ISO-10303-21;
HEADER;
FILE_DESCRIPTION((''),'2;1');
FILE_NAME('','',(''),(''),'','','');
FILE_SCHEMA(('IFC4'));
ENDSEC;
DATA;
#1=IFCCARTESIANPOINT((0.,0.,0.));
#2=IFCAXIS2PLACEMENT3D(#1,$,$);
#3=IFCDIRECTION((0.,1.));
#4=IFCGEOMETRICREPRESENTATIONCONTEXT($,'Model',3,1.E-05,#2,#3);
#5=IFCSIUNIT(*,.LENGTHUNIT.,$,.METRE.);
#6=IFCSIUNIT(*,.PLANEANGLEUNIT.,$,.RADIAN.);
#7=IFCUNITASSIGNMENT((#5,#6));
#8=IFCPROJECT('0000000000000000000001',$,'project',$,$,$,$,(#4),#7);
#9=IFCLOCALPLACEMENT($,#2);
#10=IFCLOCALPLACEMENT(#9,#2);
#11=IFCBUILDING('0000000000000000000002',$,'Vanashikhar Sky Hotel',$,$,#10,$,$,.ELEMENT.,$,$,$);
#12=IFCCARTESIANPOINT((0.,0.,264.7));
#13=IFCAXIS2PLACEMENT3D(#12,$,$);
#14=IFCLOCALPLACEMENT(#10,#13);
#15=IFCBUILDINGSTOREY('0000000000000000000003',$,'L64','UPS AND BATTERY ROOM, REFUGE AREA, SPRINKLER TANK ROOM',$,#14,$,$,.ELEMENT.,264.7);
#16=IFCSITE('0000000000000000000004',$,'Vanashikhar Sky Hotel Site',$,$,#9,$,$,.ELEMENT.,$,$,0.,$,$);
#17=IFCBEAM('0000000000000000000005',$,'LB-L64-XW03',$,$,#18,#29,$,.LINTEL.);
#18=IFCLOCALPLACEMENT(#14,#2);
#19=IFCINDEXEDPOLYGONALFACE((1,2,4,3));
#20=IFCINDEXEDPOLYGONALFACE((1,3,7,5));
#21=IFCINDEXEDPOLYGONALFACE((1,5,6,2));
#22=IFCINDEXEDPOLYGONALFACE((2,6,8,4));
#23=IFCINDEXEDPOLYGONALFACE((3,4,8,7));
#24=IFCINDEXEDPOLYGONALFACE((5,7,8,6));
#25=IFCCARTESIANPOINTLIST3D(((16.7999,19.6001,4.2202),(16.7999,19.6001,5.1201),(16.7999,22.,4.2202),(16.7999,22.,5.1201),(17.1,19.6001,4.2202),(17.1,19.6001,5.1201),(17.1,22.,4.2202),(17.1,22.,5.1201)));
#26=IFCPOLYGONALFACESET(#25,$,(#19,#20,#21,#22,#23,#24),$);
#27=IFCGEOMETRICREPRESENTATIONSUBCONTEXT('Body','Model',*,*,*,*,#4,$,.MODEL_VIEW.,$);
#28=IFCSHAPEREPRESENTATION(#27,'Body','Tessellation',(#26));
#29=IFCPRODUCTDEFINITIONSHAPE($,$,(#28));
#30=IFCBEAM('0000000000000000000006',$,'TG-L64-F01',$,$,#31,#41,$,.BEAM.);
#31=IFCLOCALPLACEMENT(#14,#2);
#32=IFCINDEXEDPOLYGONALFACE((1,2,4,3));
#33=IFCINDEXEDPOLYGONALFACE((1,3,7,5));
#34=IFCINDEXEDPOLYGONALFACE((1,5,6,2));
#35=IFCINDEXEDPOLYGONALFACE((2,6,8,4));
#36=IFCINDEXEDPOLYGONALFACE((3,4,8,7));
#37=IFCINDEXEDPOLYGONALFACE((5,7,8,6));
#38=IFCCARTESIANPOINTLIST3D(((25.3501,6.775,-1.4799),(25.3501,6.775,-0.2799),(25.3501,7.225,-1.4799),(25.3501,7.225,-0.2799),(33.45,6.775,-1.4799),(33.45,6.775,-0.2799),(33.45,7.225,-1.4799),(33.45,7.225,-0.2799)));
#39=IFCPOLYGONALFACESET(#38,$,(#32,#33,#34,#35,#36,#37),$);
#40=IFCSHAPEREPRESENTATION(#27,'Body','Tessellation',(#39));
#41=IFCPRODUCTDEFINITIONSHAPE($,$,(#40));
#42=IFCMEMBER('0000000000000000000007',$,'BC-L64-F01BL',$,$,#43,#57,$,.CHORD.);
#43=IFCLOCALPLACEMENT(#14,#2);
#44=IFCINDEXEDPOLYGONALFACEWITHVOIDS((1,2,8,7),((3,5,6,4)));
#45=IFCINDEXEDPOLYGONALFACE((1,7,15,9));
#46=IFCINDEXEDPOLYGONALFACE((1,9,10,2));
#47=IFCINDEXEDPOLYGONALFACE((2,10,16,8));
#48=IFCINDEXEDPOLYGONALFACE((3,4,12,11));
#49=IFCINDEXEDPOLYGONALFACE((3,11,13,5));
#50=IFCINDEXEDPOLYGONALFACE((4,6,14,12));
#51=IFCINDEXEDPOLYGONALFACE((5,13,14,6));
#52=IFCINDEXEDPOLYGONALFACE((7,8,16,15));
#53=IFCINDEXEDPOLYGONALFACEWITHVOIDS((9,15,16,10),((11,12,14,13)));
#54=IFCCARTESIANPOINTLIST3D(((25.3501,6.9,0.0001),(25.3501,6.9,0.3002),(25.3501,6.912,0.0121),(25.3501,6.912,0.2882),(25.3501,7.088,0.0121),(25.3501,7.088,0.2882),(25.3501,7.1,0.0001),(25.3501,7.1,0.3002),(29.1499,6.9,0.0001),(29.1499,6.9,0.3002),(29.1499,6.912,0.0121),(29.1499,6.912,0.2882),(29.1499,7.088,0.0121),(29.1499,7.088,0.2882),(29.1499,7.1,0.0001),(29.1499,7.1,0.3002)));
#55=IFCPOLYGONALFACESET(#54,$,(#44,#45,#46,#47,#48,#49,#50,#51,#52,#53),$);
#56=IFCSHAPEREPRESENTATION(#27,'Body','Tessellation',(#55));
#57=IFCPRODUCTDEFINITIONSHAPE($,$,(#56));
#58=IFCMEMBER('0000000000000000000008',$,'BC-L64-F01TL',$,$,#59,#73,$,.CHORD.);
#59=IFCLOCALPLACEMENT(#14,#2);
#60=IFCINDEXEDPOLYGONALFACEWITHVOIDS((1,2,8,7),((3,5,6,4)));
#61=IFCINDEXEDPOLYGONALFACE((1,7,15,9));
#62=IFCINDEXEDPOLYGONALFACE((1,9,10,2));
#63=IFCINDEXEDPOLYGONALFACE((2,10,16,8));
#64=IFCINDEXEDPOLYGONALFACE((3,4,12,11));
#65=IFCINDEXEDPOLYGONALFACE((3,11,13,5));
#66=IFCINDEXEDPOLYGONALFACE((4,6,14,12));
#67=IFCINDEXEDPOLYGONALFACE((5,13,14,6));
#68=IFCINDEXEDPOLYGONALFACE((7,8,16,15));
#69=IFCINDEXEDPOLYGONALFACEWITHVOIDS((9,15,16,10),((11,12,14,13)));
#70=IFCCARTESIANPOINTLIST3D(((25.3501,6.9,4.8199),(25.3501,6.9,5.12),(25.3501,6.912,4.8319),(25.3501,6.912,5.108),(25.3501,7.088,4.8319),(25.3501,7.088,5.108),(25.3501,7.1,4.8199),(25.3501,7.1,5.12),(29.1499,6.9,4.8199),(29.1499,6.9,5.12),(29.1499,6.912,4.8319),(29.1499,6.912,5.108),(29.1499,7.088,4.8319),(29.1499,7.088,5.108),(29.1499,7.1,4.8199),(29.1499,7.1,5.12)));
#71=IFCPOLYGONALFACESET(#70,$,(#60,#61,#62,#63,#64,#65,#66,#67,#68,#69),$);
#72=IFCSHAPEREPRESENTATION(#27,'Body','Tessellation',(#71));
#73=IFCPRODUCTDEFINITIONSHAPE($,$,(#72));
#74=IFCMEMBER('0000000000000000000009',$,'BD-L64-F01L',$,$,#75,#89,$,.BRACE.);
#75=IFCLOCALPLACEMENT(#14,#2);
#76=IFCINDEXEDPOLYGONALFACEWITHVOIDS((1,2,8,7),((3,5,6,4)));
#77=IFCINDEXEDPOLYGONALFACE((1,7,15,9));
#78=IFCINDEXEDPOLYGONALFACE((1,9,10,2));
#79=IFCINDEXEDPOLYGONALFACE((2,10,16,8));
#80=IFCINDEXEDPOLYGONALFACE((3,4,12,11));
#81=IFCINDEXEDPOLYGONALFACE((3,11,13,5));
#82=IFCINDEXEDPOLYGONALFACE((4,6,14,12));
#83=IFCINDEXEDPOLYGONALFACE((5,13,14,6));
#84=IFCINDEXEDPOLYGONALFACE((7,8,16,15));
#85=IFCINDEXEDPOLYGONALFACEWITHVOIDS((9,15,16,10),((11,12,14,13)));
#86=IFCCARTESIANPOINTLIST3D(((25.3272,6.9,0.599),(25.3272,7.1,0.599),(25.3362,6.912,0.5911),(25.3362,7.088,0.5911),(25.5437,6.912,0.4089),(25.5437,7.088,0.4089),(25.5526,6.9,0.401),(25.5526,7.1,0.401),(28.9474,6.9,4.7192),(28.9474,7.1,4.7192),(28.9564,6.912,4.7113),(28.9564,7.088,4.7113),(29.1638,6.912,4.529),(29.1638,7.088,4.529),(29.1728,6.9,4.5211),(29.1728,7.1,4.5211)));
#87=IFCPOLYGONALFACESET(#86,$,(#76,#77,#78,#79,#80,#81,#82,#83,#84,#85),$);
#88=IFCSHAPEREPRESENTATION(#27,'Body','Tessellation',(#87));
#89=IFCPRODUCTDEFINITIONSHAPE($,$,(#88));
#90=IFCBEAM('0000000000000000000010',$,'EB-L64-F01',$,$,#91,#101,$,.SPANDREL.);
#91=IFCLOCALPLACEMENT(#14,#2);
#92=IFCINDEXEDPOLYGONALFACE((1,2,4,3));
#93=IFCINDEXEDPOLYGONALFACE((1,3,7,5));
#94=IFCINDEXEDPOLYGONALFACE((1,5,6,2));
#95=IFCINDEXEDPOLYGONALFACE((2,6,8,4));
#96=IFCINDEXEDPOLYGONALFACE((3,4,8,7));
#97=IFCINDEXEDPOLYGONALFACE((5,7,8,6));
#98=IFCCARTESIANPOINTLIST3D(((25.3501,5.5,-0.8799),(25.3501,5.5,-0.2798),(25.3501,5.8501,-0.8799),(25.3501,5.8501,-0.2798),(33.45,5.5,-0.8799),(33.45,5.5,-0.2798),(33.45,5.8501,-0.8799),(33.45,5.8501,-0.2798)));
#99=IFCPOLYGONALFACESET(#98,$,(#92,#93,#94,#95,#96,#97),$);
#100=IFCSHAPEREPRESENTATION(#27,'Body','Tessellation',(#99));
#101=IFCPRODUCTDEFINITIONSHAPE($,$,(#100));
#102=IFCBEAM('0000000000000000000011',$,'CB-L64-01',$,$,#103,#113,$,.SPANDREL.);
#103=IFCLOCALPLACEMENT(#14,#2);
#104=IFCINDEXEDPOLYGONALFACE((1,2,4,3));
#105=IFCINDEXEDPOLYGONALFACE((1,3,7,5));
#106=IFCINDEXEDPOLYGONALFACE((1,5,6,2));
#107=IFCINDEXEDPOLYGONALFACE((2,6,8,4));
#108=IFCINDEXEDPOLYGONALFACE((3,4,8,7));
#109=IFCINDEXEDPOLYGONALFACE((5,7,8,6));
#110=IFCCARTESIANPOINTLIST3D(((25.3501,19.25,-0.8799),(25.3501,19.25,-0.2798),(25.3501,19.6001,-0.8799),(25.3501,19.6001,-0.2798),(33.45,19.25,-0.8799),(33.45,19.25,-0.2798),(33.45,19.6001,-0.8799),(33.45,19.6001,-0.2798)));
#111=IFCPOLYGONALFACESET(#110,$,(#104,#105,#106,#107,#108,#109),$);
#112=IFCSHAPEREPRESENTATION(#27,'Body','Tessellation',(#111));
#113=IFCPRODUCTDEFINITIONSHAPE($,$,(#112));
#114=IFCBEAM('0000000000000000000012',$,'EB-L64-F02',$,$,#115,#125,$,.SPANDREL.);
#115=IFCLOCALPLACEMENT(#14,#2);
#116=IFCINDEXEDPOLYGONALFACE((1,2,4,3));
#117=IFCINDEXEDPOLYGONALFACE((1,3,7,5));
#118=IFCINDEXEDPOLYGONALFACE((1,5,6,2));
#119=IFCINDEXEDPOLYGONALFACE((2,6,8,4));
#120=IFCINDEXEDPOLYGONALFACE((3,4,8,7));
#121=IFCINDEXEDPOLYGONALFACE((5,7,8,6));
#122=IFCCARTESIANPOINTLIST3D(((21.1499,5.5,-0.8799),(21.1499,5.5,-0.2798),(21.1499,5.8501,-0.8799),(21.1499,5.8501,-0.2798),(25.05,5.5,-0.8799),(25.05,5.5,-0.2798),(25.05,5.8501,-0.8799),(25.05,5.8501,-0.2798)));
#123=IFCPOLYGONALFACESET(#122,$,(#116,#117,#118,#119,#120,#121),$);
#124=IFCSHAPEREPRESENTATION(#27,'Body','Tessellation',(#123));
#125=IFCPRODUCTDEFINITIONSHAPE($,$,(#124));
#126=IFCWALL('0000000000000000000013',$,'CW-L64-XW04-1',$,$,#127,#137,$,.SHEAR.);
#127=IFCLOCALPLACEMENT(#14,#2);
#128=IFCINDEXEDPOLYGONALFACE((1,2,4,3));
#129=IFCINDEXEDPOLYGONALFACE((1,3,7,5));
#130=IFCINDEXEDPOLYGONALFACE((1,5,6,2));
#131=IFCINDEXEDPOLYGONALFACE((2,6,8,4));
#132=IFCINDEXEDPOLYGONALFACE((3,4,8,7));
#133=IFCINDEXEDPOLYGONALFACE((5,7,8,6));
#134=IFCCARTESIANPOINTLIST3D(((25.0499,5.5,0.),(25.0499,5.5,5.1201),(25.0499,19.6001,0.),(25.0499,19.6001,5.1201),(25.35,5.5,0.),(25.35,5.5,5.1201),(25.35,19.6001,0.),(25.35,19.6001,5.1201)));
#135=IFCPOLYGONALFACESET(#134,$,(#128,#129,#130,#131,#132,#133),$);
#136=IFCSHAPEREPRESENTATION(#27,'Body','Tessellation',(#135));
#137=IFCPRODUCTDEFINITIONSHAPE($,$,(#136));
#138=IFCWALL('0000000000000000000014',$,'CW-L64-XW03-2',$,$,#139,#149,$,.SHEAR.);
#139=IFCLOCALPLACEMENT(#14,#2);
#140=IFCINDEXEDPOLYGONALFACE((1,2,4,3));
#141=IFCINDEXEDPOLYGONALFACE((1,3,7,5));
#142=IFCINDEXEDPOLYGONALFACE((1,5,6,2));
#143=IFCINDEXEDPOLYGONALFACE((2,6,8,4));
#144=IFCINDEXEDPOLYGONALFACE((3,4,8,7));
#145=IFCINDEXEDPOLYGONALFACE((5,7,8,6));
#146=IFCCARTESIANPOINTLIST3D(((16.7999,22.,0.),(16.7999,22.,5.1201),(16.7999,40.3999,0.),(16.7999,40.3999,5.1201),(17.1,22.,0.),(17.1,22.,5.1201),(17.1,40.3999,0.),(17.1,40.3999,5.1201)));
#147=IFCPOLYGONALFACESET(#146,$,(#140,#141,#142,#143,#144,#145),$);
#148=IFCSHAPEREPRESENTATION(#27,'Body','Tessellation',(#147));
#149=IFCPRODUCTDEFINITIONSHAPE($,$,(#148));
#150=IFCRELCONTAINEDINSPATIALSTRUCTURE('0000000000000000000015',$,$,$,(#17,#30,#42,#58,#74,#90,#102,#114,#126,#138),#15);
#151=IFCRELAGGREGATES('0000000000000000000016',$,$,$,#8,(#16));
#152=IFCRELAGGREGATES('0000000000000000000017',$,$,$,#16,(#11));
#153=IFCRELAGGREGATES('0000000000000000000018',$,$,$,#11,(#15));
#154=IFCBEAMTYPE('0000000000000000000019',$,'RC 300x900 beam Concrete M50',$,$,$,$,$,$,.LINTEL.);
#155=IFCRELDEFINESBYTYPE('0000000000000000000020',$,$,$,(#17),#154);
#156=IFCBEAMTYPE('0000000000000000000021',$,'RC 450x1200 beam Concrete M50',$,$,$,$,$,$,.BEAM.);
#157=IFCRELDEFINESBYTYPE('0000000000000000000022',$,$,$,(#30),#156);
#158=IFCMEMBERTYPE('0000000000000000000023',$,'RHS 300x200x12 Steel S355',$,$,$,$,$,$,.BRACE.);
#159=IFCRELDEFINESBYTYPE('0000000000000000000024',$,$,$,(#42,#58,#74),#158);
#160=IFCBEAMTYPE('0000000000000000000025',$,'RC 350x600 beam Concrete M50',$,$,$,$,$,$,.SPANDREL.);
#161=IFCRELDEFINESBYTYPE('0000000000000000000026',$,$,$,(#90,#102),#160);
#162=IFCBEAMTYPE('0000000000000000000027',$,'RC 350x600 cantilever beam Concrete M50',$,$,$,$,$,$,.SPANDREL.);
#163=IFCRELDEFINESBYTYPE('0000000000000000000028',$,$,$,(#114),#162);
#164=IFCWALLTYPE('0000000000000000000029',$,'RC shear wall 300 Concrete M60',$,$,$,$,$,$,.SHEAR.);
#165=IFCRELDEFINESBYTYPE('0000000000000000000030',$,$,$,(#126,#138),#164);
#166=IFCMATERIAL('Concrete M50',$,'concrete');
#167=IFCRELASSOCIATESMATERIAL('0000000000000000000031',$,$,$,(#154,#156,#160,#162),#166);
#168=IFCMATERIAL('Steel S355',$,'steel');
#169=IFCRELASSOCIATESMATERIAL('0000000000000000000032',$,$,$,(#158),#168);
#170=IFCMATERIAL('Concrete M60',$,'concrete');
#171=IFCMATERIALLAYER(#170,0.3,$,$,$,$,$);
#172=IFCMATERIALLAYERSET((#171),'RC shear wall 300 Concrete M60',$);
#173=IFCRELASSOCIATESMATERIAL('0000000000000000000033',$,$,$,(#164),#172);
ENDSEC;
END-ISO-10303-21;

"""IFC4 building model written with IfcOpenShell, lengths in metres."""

from ifc_helpers import new_model, si_unit, direction, frame, frame_2d, origin, origin_2d, place, context, subcontext, project, spatial, rectangle, hollow_rectangle, extrude, source, transform, mapped, material, layer, layer_set, material_profile, profile_set, type_object, element, save


model = new_model("IFC4")

# Units and contexts
model_context = context("Model", 3, precision=1e-05, world=origin(), true_north=direction((0.0, 1.0)))
body_context = subcontext(model_context, "Body", "Model", "MODEL_VIEW")
ifc_project = project(units=[si_unit("LENGTHUNIT", "METRE"), si_unit("PLANEANGLEUNIT", "RADIAN")], contexts=[model_context])

# Site, building, storey
site_placement = place(None, origin())
site = spatial("IfcSite", under=ifc_project, at=site_placement, Name="Vanashikhar Sky Hotel Site", CompositionType="ELEMENT", RefElevation=0.0)
building_placement = place(site_placement, origin())
building = spatial("IfcBuilding", under=site, at=building_placement, Name="Vanashikhar Sky Hotel", CompositionType="ELEMENT")
storey_placement = place(building_placement, frame((0.0, 0.0, 264.7)))
storey = spatial("IfcBuildingStorey", under=building, at=storey_placement, Name="L64", Description="UPS AND BATTERY ROOM, REFUGE AREA, SPRINKLER TANK ROOM", CompositionType="ELEMENT", Elevation=264.7)

# Beams
ifc_material_1 = material(Name="Concrete M50", Category="concrete")
ifc_material_profile_1 = material_profile(ifc_material_1, rectangle(XDim=0.3, YDim=0.8999, at=origin_2d()))
ifc_profile_set_1 = profile_set([ifc_material_profile_1], Name="RC 300x900 beam Concrete M50")
beam_type_1 = type_object("IfcBeamType", Name="RC 300x900 beam Concrete M50", PredefinedType="LINTEL", material=ifc_profile_set_1)
shared_shape_1 = source(origin(), body_context, "Body", "SweptSolid", [
    extrude(rectangle(XDim=0.3, YDim=0.8999, at=origin_2d()), origin(), (0.0, 0.0, 1.0), 2.3999),
])
beam_1_placement = place(storey_placement, frame((16.95, 19.6001, 4.6702), z_axis=(0.0, 1.0, 0.0), x_axis=(-1.0, 0.0, 0.0)))
element("IfcBeam", 1, at=beam_1_placement, inside=storey, type_object=beam_type_1, Name="LB-L64-XW03", PredefinedType="LINTEL", context=body_context, shape_type="MappedRepresentation", body=[
    mapped(shared_shape_1, transform((0.0, 0.0, 0.0), scale=1.0)),
])
ifc_material_profile_2 = material_profile(ifc_material_1, rectangle(XDim=0.45, YDim=1.2, at=origin_2d()))
ifc_profile_set_2 = profile_set([ifc_material_profile_2], Name="RC 450x1200 beam Concrete M50")
beam_type_2 = type_object("IfcBeamType", Name="RC 450x1200 beam Concrete M50", PredefinedType="BEAM", material=ifc_profile_set_2)
shared_shape_2 = source(origin(), body_context, "Body", "SweptSolid", [
    extrude(rectangle(XDim=0.45, YDim=1.2, at=origin_2d()), origin(), (0.0, 0.0, 1.0), 8.0999),
])
beam_2_placement = place(storey_placement, frame((25.3501, 7.0, -0.8799), z_axis=(1.0, 0.0, 0.0), x_axis=(0.0, 1.0, 0.0)))
element("IfcBeam", 2, at=beam_2_placement, inside=storey, type_object=beam_type_2, Name="TG-L64-F01", PredefinedType="BEAM", context=body_context, shape_type="MappedRepresentation", body=[
    mapped(shared_shape_2, transform((0.0, 0.0, 0.0), scale=1.0)),
])

# Members
ifc_material_2 = material(Name="Steel S355", Category="steel")
ifc_material_profile_3 = material_profile(ifc_material_2, hollow_rectangle(XDim=0.2, YDim=0.3, WallThickness=0.012, at=origin_2d()))
ifc_profile_set_3 = profile_set([ifc_material_profile_3], Name="RHS 300x200x12 Steel S355")
member_type = type_object("IfcMemberType", Name="RHS 300x200x12 Steel S355", PredefinedType="BRACE", material=ifc_profile_set_3)
shared_shape_3 = source(origin(), body_context, "Body", "SweptSolid", [
    extrude(hollow_rectangle(XDim=0.2, YDim=0.3, WallThickness=0.012, at=origin_2d()), origin(), (0.0, 0.0, 1.0), 3.7998),
])
for number, where, z_axis, x_axis, name in (
    (3, (25.3501, 7.0, 0.1501), (1.0, 0.0, 0.0), (0.0, 1.0, 0.0), "BC-L64-F01BL"),
    (4, (25.3501, 7.0, 4.97), (1.0, 0.0, 0.0), (0.0, 1.0, 0.0), "BC-L64-F01TL"),
):
    element("IfcMember", number, at=place(storey_placement, frame(where, z_axis=z_axis, x_axis=x_axis)), inside=storey, type_object=member_type, Name=name, PredefinedType="CHORD", context=body_context, shape_type="MappedRepresentation", body=[
        mapped(shared_shape_3, transform((0.0, 0.0, 0.0), scale=1.0)),
    ])
shared_shape_4 = source(origin(), body_context, "Body", "SweptSolid", [
    extrude(hollow_rectangle(XDim=0.2, YDim=0.3, WallThickness=0.012, at=origin_2d()), origin(), (0.0, 0.0, 1.0), 5.4846),
])
member_placement = place(storey_placement, frame((25.4399, 7.0, 0.5), z_axis=(0.660054, 0.0, 0.751218), x_axis=(0.0, 1.0, 0.0)))
element("IfcMember", 5, at=member_placement, inside=storey, type_object=member_type, Name="BD-L64-F01L", PredefinedType="BRACE", context=body_context, shape_type="MappedRepresentation", body=[
    mapped(shared_shape_4, transform((0.0, 0.0, 0.0), scale=1.0)),
])

# Beams
ifc_material_profile_4 = material_profile(ifc_material_1, rectangle(XDim=0.3501, YDim=0.6001, at=origin_2d()))
ifc_profile_set_4 = profile_set([ifc_material_profile_4], Name="RC 350x600 beam Concrete M50")
beam_type_3 = type_object("IfcBeamType", Name="RC 350x600 beam Concrete M50", PredefinedType="SPANDREL", material=ifc_profile_set_4)
shared_shape_5 = source(origin(), body_context, "Body", "SweptSolid", [
    extrude(rectangle(XDim=0.3501, YDim=0.6001, at=origin_2d()), origin(), (0.0, 0.0, 1.0), 8.0999),
])
for number, where, z_axis, x_axis, name in (
    (6, (25.3501, 5.675, -0.5798), (1.0, 0.0, 0.0), (0.0, 1.0, 0.0), "EB-L64-F01"),
    (7, (25.3501, 19.425, -0.5798), (1.0, 0.0, 0.0), (0.0, 1.0, 0.0), "CB-L64-01"),
):
    element("IfcBeam", number, at=place(storey_placement, frame(where, z_axis=z_axis, x_axis=x_axis)), inside=storey, type_object=beam_type_3, Name=name, PredefinedType="SPANDREL", context=body_context, shape_type="MappedRepresentation", body=[
        mapped(shared_shape_5, transform((0.0, 0.0, 0.0), scale=1.0)),
    ])
ifc_material_profile_5 = material_profile(ifc_material_1, rectangle(XDim=0.3501, YDim=0.6001, at=origin_2d()))
ifc_profile_set_5 = profile_set([ifc_material_profile_5], Name="RC 350x600 cantilever beam Concrete M50")
beam_type_4 = type_object("IfcBeamType", Name="RC 350x600 cantilever beam Concrete M50", PredefinedType="SPANDREL", material=ifc_profile_set_5)
shared_shape_6 = source(origin(), body_context, "Body", "SweptSolid", [
    extrude(rectangle(XDim=0.3501, YDim=0.6001, at=origin_2d()), origin(), (0.0, 0.0, 1.0), 3.9001),
])
beam_3_placement = place(storey_placement, frame((21.1499, 5.675, -0.5798), z_axis=(1.0, 0.0, 0.0), x_axis=(0.0, 1.0, 0.0)))
element("IfcBeam", 8, at=beam_3_placement, inside=storey, type_object=beam_type_4, Name="EB-L64-F02", PredefinedType="SPANDREL", context=body_context, shape_type="MappedRepresentation", body=[
    mapped(shared_shape_6, transform((0.0, 0.0, 0.0), scale=1.0)),
])

# Walls
ifc_material_3 = material(Name="Concrete M60", Category="concrete")
ifc_layer_1 = layer(ifc_material_3, 0.3)
ifc_layer_set_1 = layer_set([ifc_layer_1], Name="RC shear wall 300 Concrete M60")
wall_type_1 = type_object("IfcWallType", Name="RC shear wall 300 Concrete M60", PredefinedType="SHEAR", material=ifc_layer_set_1)
shared_shape_7 = source(origin(), body_context, "Body", "SweptSolid", [
    extrude(rectangle(XDim=14.1001, YDim=0.3, at=frame_2d((7.05, 0.0))), origin(), (0.0, 0.0, 1.0), 5.1201),
])
wall_1_placement = place(storey_placement, frame((25.2, 5.5, 0.0), z_axis=(0.0, 0.0, 1.0), x_axis=(0.0, 1.0, 0.0)))
element("IfcWall", 9, at=wall_1_placement, inside=storey, type_object=wall_type_1, Name="CW-L64-XW04-1", PredefinedType="SHEAR", context=body_context, shape_type="MappedRepresentation", body=[
    mapped(shared_shape_7, transform((0.0, 0.0, 0.0), scale=1.0)),
])
shared_shape_8 = source(origin(), body_context, "Body", "SweptSolid", [
    extrude(rectangle(XDim=18.3999, YDim=0.3, at=frame_2d((9.2, 0.0))), origin(), (0.0, 0.0, 1.0), 5.1201),
])
wall_2_placement = place(storey_placement, frame((16.95, 22.0, 0.0), z_axis=(0.0, 0.0, 1.0), x_axis=(0.0, 1.0, 0.0)))
element("IfcWall", 10, at=wall_2_placement, inside=storey, type_object=wall_type_1, Name="CW-L64-XW03-2", PredefinedType="SHEAR", context=body_context, shape_type="MappedRepresentation", body=[
    mapped(shared_shape_8, transform((0.0, 0.0, 0.0), scale=1.0)),
])

save(model, "model.ifc")
